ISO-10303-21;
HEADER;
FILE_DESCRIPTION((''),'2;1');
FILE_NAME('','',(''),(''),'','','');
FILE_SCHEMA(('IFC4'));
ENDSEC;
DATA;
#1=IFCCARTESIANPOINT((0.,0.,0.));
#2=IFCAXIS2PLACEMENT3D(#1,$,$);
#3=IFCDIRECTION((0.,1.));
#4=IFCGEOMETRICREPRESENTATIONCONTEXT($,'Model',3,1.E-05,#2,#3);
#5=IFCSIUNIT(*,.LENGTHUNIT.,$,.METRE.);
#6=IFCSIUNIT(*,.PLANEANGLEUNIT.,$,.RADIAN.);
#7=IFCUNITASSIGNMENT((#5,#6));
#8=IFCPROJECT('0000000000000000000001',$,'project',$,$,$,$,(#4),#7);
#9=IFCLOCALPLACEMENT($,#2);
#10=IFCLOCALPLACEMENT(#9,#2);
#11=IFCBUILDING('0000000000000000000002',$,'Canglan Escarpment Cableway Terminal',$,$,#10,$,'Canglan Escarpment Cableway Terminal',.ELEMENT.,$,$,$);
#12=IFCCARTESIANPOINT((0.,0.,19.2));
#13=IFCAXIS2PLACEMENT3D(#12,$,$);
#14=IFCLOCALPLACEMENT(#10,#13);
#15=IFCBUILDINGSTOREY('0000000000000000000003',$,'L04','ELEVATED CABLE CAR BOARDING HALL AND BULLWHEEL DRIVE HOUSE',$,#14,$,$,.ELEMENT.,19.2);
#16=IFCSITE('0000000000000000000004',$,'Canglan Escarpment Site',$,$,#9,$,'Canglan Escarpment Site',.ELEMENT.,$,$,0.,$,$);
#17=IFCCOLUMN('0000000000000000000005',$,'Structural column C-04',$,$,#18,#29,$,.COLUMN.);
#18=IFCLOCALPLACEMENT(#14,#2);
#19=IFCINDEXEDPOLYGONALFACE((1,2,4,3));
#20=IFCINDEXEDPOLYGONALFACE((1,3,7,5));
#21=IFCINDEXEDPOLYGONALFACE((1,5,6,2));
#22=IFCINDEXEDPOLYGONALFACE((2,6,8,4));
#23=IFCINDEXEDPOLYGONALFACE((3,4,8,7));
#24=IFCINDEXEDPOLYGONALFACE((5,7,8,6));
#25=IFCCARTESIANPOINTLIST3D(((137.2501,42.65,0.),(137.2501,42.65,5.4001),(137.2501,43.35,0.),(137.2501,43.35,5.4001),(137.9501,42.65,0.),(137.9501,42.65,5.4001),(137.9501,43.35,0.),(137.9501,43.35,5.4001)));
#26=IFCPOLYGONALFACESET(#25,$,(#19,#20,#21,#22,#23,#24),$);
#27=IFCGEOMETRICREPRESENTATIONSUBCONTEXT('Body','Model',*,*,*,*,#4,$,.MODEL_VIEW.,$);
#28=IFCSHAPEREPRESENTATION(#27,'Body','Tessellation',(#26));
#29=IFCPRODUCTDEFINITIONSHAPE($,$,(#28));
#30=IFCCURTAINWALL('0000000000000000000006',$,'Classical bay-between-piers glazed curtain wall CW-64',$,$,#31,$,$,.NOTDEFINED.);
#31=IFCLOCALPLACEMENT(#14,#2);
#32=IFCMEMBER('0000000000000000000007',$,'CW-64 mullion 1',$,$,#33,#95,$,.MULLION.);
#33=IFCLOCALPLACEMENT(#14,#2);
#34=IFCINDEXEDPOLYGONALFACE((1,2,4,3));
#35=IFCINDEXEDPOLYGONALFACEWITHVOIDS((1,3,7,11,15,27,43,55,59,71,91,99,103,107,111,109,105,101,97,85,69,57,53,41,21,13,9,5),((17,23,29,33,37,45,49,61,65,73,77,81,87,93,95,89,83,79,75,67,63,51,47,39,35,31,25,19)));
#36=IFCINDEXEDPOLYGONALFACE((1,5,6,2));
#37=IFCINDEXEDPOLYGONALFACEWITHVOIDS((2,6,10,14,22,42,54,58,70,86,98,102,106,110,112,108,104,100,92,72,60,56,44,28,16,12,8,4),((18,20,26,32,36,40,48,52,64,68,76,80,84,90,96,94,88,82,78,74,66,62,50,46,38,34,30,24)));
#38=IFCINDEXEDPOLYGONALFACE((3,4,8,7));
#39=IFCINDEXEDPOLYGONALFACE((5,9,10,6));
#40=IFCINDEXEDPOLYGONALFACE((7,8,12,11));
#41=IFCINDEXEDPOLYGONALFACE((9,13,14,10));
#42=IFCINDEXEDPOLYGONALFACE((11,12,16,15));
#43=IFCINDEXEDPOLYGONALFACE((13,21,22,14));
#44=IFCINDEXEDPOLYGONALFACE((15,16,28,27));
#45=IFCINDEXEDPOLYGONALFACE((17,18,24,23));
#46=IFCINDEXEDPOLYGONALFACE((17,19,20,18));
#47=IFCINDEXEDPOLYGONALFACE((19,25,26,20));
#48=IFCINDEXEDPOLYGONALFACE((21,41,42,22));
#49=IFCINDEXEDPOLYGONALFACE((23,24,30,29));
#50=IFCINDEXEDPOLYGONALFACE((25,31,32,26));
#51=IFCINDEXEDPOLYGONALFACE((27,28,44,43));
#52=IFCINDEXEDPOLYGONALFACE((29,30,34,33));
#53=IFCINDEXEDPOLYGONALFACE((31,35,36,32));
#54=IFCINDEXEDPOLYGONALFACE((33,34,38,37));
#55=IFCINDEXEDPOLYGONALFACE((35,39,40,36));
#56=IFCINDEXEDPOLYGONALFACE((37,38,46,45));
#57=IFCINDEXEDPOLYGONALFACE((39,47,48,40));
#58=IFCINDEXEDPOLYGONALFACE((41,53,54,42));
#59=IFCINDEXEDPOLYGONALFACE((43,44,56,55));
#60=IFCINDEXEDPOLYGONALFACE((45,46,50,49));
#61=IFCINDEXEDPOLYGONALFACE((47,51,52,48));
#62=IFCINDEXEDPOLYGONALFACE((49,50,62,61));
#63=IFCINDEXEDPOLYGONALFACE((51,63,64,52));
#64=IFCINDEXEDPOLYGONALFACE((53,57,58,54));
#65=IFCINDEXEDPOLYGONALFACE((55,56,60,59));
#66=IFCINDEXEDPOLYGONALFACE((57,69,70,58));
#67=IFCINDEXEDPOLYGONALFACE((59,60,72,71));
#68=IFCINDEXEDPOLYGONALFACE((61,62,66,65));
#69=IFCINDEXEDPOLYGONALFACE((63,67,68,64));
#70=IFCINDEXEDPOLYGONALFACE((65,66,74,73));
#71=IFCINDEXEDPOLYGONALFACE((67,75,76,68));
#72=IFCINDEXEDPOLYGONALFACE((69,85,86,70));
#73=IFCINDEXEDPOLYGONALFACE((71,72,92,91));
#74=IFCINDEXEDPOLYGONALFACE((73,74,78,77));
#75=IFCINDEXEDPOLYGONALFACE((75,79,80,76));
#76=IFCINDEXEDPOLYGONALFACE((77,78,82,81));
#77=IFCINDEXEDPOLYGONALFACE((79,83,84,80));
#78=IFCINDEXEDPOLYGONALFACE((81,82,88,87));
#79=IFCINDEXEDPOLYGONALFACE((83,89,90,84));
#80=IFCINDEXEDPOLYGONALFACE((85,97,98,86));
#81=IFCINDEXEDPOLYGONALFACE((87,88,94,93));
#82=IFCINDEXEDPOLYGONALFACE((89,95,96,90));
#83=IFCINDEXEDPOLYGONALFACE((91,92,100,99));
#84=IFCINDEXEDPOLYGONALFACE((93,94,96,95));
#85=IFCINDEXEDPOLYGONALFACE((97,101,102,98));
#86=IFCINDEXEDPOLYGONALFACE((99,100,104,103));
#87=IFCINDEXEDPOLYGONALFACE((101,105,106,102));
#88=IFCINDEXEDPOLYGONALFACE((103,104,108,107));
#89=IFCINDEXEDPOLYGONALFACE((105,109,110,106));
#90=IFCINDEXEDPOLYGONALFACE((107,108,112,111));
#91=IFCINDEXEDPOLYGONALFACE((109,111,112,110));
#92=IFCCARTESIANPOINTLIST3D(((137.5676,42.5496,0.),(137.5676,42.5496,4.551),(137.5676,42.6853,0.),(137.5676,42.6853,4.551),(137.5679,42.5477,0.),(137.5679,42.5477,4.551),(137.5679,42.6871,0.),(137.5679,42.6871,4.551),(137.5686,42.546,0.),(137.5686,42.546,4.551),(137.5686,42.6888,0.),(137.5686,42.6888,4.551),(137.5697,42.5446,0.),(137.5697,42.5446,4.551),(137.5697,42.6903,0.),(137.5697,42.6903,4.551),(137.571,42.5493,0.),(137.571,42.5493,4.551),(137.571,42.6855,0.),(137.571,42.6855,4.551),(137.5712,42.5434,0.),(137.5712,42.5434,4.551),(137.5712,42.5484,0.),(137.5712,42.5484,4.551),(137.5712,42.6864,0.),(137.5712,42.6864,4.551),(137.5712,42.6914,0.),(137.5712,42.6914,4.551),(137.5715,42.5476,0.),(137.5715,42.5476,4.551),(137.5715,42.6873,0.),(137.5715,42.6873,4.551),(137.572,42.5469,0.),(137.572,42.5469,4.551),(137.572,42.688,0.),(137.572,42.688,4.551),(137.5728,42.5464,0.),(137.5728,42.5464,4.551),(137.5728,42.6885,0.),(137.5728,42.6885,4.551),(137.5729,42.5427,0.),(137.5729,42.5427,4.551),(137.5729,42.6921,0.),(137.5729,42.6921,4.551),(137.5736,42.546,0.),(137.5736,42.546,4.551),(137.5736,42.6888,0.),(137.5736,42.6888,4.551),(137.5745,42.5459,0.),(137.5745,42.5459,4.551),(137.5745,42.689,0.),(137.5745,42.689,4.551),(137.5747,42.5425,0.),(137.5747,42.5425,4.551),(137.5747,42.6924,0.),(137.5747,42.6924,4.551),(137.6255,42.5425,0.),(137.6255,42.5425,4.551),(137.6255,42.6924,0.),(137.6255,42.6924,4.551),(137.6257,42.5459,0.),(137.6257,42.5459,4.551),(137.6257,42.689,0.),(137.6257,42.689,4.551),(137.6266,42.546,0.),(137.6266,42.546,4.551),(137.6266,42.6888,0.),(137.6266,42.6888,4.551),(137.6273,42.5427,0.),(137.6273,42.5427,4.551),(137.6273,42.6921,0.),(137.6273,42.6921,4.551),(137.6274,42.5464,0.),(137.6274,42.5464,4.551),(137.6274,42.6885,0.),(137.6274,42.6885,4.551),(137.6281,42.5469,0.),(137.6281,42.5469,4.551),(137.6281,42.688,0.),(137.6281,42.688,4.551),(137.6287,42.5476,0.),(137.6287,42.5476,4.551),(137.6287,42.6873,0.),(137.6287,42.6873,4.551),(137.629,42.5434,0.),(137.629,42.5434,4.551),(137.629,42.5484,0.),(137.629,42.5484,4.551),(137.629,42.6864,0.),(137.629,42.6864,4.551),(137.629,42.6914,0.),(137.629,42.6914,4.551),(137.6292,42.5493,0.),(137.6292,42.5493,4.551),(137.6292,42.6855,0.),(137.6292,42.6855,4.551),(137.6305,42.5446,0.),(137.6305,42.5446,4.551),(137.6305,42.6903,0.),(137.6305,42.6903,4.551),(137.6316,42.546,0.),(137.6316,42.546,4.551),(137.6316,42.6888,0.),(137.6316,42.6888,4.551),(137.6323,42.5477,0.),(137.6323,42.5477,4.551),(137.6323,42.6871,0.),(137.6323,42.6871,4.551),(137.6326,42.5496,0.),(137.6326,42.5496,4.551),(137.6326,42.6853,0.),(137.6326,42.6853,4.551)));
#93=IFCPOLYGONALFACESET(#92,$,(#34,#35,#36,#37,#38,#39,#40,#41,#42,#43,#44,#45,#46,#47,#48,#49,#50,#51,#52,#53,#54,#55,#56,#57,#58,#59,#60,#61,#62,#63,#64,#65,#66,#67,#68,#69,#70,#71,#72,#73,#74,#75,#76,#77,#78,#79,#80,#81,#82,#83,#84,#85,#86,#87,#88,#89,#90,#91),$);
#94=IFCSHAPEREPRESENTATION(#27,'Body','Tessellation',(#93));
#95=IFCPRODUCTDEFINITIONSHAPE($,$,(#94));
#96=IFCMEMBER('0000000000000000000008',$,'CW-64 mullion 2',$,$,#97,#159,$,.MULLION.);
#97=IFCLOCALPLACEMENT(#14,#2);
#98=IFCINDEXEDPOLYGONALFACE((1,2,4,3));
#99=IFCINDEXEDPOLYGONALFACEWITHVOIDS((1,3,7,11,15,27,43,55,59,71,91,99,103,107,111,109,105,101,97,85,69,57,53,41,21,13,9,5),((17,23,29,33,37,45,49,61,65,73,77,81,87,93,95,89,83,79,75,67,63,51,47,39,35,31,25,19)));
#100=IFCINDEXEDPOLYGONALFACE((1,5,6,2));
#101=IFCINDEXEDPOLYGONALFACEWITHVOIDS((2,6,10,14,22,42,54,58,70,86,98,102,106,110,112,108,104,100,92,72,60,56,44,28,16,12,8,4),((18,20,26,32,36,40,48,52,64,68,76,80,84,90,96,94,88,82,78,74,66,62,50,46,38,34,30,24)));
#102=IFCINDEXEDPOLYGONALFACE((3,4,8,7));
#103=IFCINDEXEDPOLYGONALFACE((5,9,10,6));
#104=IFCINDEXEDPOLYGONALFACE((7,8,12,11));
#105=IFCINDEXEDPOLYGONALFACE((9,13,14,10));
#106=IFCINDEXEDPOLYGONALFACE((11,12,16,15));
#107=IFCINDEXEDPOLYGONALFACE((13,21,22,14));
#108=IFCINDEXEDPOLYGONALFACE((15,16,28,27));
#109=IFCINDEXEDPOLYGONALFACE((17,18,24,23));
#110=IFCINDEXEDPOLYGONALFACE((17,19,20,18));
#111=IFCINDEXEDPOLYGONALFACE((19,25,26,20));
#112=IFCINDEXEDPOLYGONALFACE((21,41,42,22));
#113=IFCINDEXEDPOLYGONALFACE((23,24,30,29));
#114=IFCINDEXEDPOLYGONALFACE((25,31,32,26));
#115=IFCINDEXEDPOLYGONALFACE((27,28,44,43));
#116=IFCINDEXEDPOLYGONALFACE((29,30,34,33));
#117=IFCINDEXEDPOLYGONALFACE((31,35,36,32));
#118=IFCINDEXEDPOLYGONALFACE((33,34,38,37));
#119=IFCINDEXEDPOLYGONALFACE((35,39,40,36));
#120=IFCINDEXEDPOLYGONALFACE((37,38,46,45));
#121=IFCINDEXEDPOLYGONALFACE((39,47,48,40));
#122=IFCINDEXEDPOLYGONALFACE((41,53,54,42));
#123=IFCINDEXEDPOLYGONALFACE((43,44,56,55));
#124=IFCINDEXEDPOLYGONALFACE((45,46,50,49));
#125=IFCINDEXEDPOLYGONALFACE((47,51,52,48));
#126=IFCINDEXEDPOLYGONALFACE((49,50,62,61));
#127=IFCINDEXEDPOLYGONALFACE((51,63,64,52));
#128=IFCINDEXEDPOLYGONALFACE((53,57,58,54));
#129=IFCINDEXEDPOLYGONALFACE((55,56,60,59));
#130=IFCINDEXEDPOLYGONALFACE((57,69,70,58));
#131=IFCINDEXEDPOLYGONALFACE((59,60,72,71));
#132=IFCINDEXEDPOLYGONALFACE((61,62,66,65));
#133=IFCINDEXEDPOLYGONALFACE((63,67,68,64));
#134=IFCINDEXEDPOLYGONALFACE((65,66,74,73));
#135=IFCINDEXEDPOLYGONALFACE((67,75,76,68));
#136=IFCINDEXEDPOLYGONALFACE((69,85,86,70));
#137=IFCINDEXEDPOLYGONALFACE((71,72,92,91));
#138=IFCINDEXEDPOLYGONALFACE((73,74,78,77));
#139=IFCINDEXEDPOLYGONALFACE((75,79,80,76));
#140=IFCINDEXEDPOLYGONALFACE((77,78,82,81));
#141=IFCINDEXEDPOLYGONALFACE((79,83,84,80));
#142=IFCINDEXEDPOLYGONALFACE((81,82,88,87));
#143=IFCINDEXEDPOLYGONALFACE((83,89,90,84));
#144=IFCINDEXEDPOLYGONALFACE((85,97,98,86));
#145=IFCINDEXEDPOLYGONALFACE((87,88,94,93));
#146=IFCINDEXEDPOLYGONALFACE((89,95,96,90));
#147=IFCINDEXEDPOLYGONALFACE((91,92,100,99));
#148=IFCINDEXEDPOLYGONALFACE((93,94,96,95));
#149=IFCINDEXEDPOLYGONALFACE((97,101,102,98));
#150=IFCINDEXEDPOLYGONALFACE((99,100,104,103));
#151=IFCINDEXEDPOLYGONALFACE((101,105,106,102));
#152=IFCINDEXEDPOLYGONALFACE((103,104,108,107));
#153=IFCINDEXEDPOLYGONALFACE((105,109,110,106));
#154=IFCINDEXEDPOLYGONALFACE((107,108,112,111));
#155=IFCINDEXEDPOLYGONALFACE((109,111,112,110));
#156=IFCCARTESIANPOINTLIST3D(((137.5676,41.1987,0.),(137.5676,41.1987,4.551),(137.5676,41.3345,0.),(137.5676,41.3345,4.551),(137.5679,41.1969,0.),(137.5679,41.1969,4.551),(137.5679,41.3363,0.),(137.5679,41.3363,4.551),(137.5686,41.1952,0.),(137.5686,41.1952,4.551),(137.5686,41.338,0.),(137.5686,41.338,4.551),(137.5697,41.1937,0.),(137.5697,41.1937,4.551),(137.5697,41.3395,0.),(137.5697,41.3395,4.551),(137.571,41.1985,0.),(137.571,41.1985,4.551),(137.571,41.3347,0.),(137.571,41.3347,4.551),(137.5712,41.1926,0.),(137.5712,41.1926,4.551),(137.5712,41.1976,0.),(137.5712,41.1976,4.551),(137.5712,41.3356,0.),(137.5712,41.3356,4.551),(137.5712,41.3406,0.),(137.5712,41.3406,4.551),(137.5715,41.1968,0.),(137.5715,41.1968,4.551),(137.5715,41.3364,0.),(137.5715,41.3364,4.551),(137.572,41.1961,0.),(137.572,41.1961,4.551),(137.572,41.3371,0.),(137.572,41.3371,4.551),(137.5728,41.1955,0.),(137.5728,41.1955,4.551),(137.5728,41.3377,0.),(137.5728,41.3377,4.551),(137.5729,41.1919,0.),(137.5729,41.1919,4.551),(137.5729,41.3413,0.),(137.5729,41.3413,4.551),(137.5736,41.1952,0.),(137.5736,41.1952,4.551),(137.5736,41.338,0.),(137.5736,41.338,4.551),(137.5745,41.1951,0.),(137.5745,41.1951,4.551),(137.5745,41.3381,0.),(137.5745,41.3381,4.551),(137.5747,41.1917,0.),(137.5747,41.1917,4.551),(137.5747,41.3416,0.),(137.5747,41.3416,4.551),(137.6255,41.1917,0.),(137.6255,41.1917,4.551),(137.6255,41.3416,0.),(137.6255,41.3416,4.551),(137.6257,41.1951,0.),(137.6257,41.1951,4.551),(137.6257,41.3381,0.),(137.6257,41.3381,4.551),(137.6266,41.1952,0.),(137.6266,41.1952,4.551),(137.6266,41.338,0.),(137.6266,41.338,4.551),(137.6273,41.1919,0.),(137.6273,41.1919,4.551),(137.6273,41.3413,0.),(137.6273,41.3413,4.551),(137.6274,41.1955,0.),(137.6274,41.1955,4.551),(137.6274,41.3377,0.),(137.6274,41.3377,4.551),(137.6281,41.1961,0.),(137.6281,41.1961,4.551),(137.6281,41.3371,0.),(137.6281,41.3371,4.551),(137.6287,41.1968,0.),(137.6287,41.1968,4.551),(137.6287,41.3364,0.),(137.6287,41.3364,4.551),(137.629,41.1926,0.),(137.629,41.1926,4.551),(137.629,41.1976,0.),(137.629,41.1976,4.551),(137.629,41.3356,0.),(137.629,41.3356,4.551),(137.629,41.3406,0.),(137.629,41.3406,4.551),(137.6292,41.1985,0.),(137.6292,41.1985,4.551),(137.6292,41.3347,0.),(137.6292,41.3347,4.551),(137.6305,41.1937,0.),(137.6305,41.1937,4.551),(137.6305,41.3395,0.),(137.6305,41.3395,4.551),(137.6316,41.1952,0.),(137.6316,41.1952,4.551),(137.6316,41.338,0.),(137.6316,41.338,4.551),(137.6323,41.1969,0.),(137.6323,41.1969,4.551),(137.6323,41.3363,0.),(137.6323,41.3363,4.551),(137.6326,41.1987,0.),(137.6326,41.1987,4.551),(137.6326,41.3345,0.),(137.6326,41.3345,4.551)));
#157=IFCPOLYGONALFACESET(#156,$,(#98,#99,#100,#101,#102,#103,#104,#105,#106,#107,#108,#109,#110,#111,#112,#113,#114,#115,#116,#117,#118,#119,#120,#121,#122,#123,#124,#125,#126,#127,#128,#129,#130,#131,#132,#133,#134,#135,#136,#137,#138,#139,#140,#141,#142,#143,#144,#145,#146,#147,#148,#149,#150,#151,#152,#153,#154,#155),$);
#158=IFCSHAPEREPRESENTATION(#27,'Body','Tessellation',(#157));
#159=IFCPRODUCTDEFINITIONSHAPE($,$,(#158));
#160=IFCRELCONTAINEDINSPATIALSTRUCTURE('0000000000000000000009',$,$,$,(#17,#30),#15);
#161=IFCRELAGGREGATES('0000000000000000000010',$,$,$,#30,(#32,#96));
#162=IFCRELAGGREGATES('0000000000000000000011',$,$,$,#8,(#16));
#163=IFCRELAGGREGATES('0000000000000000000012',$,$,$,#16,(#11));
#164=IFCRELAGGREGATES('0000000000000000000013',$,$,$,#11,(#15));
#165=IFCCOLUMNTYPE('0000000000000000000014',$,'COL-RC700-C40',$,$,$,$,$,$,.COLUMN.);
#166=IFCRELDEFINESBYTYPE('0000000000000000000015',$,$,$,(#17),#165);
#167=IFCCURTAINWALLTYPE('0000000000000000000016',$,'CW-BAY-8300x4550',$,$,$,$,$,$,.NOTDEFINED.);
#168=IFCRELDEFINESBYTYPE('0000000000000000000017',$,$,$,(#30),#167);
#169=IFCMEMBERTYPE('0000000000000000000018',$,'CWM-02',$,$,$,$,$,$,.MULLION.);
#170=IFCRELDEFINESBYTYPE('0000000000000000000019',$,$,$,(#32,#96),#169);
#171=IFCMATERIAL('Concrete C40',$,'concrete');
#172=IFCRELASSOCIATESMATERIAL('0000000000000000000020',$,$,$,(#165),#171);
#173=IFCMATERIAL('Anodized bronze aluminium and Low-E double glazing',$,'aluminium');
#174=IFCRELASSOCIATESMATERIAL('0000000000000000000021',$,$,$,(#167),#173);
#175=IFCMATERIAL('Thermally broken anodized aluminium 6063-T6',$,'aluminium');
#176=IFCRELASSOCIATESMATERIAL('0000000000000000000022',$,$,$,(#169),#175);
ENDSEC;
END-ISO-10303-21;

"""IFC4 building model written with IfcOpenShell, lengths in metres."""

from ifc_helpers import new_model, si_unit, direction, frame, origin, origin_2d, place, context, subcontext, project, spatial, rectangle, hollow_rectangle, extrude, material, material_profile, profile_set, type_object, element, aggregate, save


model = new_model("IFC4")

# Units and contexts
model_context = context("Model", 3, precision=1e-05, world=origin(), true_north=direction((0.0, 1.0)))
body_context = subcontext(model_context, "Body", "Model", "MODEL_VIEW")
ifc_project = project(units=[si_unit("LENGTHUNIT", "METRE"), si_unit("PLANEANGLEUNIT", "RADIAN")], contexts=[model_context])

# Site, building, storey
site_placement = place(None, origin())
site = spatial("IfcSite", under=ifc_project, at=site_placement, Name="Canglan Escarpment Site", LongName="Canglan Escarpment Site", CompositionType="ELEMENT", RefElevation=0.0)
building_placement = place(site_placement, origin())
building = spatial("IfcBuilding", under=site, at=building_placement, Name="Canglan Escarpment Cableway Terminal", LongName="Canglan Escarpment Cableway Terminal", CompositionType="ELEMENT")
storey_placement = place(building_placement, frame((0.0, 0.0, 19.2)))
storey = spatial("IfcBuildingStorey", under=building, at=storey_placement, Name="L04", Description="ELEVATED CABLE CAR BOARDING HALL AND BULLWHEEL DRIVE HOUSE", CompositionType="ELEMENT", Elevation=19.2)

# Column
ifc_material_1 = material(Name="Concrete C40", Category="concrete")
ifc_material_profile_1 = material_profile(ifc_material_1, rectangle(XDim=0.7, YDim=0.7, at=origin_2d()), Name="RC 700x700")
ifc_profile_set_1 = profile_set([ifc_material_profile_1], Name="Concrete C40")
column_type = type_object("IfcColumnType", Name="COL-RC700-C40", PredefinedType="COLUMN", material=ifc_profile_set_1)
column_placement = place(storey_placement, frame((137.6001, 43.0, 0.0), z_axis=(0.0, 0.0, 1.0), x_axis=(1.0, 0.0, 0.0)))
element("IfcColumn", 1, at=column_placement, inside=storey, type_object=column_type, Name="Structural column C-04", PredefinedType="COLUMN", context=body_context, shape_type="SweptSolid", body=[
    extrude(rectangle(XDim=0.7, YDim=0.7, at=origin_2d()), origin(), (0.0, 0.0, 1.0), 5.4001),
])

# Curtain wall, members
ifc_material_2 = material(Name="Anodized bronze aluminium and Low-E double glazing", Category="aluminium")
curtain_wall_type = type_object("IfcCurtainWallType", Name="CW-BAY-8300x4550", PredefinedType="NOTDEFINED", material=ifc_material_2)
curtain_wall_placement = place(storey_placement, origin())
curtain_wall = element("IfcCurtainWall", 2, at=curtain_wall_placement, inside=storey, type_object=curtain_wall_type, Name="Classical bay-between-piers glazed curtain wall CW-64", PredefinedType="NOTDEFINED")
ifc_material_3 = material(Name="Thermally broken anodized aluminium 6063-T6", Category="aluminium")
ifc_material_profile_2 = material_profile(ifc_material_3, hollow_rectangle(XDim=0.0649, YDim=0.1499, WallThickness=0.0034, InnerFilletRadius=0.0034, OuterFilletRadius=0.0071, at=origin_2d()), Name="ALU-MULL 65x150x3.5")
ifc_profile_set_2 = profile_set([ifc_material_profile_2], Name="Thermally broken anodized aluminium 6063-T6")
member_type_1 = type_object("IfcMemberType", Name="CWM-02", PredefinedType="MULLION", material=ifc_profile_set_2)
member_1_placement = place(storey_placement, frame((137.6001, 42.6174, 0.0), z_axis=(0.0, 0.0, 1.0), x_axis=(1.0, 0.0, 0.0)))
member_1 = element("IfcMember", 3, at=member_1_placement, type_object=member_type_1, Name="CW-64 mullion 1", PredefinedType="MULLION", context=body_context, shape_type="SweptSolid", body=[
    extrude(hollow_rectangle(XDim=0.0649, YDim=0.1499, WallThickness=0.0034, InnerFilletRadius=0.0034, OuterFilletRadius=0.0071, at=origin_2d()), origin(), (0.0, 0.0, 1.0), 4.551),
])
member_2_placement = place(storey_placement, frame((137.6001, 41.2666, 0.0), z_axis=(0.0, 0.0, 1.0), x_axis=(1.0, 0.0, 0.0)))
member_2 = element("IfcMember", 4, at=member_2_placement, type_object=member_type_1, Name="CW-64 mullion 2", PredefinedType="MULLION", context=body_context, shape_type="SweptSolid", body=[
    extrude(hollow_rectangle(XDim=0.0649, YDim=0.1499, WallThickness=0.0034, InnerFilletRadius=0.0034, OuterFilletRadius=0.0071, at=origin_2d()), origin(), (0.0, 0.0, 1.0), 4.551),
])
aggregate(curtain_wall, [member_1, member_2])

save(model, "model.ifc")
